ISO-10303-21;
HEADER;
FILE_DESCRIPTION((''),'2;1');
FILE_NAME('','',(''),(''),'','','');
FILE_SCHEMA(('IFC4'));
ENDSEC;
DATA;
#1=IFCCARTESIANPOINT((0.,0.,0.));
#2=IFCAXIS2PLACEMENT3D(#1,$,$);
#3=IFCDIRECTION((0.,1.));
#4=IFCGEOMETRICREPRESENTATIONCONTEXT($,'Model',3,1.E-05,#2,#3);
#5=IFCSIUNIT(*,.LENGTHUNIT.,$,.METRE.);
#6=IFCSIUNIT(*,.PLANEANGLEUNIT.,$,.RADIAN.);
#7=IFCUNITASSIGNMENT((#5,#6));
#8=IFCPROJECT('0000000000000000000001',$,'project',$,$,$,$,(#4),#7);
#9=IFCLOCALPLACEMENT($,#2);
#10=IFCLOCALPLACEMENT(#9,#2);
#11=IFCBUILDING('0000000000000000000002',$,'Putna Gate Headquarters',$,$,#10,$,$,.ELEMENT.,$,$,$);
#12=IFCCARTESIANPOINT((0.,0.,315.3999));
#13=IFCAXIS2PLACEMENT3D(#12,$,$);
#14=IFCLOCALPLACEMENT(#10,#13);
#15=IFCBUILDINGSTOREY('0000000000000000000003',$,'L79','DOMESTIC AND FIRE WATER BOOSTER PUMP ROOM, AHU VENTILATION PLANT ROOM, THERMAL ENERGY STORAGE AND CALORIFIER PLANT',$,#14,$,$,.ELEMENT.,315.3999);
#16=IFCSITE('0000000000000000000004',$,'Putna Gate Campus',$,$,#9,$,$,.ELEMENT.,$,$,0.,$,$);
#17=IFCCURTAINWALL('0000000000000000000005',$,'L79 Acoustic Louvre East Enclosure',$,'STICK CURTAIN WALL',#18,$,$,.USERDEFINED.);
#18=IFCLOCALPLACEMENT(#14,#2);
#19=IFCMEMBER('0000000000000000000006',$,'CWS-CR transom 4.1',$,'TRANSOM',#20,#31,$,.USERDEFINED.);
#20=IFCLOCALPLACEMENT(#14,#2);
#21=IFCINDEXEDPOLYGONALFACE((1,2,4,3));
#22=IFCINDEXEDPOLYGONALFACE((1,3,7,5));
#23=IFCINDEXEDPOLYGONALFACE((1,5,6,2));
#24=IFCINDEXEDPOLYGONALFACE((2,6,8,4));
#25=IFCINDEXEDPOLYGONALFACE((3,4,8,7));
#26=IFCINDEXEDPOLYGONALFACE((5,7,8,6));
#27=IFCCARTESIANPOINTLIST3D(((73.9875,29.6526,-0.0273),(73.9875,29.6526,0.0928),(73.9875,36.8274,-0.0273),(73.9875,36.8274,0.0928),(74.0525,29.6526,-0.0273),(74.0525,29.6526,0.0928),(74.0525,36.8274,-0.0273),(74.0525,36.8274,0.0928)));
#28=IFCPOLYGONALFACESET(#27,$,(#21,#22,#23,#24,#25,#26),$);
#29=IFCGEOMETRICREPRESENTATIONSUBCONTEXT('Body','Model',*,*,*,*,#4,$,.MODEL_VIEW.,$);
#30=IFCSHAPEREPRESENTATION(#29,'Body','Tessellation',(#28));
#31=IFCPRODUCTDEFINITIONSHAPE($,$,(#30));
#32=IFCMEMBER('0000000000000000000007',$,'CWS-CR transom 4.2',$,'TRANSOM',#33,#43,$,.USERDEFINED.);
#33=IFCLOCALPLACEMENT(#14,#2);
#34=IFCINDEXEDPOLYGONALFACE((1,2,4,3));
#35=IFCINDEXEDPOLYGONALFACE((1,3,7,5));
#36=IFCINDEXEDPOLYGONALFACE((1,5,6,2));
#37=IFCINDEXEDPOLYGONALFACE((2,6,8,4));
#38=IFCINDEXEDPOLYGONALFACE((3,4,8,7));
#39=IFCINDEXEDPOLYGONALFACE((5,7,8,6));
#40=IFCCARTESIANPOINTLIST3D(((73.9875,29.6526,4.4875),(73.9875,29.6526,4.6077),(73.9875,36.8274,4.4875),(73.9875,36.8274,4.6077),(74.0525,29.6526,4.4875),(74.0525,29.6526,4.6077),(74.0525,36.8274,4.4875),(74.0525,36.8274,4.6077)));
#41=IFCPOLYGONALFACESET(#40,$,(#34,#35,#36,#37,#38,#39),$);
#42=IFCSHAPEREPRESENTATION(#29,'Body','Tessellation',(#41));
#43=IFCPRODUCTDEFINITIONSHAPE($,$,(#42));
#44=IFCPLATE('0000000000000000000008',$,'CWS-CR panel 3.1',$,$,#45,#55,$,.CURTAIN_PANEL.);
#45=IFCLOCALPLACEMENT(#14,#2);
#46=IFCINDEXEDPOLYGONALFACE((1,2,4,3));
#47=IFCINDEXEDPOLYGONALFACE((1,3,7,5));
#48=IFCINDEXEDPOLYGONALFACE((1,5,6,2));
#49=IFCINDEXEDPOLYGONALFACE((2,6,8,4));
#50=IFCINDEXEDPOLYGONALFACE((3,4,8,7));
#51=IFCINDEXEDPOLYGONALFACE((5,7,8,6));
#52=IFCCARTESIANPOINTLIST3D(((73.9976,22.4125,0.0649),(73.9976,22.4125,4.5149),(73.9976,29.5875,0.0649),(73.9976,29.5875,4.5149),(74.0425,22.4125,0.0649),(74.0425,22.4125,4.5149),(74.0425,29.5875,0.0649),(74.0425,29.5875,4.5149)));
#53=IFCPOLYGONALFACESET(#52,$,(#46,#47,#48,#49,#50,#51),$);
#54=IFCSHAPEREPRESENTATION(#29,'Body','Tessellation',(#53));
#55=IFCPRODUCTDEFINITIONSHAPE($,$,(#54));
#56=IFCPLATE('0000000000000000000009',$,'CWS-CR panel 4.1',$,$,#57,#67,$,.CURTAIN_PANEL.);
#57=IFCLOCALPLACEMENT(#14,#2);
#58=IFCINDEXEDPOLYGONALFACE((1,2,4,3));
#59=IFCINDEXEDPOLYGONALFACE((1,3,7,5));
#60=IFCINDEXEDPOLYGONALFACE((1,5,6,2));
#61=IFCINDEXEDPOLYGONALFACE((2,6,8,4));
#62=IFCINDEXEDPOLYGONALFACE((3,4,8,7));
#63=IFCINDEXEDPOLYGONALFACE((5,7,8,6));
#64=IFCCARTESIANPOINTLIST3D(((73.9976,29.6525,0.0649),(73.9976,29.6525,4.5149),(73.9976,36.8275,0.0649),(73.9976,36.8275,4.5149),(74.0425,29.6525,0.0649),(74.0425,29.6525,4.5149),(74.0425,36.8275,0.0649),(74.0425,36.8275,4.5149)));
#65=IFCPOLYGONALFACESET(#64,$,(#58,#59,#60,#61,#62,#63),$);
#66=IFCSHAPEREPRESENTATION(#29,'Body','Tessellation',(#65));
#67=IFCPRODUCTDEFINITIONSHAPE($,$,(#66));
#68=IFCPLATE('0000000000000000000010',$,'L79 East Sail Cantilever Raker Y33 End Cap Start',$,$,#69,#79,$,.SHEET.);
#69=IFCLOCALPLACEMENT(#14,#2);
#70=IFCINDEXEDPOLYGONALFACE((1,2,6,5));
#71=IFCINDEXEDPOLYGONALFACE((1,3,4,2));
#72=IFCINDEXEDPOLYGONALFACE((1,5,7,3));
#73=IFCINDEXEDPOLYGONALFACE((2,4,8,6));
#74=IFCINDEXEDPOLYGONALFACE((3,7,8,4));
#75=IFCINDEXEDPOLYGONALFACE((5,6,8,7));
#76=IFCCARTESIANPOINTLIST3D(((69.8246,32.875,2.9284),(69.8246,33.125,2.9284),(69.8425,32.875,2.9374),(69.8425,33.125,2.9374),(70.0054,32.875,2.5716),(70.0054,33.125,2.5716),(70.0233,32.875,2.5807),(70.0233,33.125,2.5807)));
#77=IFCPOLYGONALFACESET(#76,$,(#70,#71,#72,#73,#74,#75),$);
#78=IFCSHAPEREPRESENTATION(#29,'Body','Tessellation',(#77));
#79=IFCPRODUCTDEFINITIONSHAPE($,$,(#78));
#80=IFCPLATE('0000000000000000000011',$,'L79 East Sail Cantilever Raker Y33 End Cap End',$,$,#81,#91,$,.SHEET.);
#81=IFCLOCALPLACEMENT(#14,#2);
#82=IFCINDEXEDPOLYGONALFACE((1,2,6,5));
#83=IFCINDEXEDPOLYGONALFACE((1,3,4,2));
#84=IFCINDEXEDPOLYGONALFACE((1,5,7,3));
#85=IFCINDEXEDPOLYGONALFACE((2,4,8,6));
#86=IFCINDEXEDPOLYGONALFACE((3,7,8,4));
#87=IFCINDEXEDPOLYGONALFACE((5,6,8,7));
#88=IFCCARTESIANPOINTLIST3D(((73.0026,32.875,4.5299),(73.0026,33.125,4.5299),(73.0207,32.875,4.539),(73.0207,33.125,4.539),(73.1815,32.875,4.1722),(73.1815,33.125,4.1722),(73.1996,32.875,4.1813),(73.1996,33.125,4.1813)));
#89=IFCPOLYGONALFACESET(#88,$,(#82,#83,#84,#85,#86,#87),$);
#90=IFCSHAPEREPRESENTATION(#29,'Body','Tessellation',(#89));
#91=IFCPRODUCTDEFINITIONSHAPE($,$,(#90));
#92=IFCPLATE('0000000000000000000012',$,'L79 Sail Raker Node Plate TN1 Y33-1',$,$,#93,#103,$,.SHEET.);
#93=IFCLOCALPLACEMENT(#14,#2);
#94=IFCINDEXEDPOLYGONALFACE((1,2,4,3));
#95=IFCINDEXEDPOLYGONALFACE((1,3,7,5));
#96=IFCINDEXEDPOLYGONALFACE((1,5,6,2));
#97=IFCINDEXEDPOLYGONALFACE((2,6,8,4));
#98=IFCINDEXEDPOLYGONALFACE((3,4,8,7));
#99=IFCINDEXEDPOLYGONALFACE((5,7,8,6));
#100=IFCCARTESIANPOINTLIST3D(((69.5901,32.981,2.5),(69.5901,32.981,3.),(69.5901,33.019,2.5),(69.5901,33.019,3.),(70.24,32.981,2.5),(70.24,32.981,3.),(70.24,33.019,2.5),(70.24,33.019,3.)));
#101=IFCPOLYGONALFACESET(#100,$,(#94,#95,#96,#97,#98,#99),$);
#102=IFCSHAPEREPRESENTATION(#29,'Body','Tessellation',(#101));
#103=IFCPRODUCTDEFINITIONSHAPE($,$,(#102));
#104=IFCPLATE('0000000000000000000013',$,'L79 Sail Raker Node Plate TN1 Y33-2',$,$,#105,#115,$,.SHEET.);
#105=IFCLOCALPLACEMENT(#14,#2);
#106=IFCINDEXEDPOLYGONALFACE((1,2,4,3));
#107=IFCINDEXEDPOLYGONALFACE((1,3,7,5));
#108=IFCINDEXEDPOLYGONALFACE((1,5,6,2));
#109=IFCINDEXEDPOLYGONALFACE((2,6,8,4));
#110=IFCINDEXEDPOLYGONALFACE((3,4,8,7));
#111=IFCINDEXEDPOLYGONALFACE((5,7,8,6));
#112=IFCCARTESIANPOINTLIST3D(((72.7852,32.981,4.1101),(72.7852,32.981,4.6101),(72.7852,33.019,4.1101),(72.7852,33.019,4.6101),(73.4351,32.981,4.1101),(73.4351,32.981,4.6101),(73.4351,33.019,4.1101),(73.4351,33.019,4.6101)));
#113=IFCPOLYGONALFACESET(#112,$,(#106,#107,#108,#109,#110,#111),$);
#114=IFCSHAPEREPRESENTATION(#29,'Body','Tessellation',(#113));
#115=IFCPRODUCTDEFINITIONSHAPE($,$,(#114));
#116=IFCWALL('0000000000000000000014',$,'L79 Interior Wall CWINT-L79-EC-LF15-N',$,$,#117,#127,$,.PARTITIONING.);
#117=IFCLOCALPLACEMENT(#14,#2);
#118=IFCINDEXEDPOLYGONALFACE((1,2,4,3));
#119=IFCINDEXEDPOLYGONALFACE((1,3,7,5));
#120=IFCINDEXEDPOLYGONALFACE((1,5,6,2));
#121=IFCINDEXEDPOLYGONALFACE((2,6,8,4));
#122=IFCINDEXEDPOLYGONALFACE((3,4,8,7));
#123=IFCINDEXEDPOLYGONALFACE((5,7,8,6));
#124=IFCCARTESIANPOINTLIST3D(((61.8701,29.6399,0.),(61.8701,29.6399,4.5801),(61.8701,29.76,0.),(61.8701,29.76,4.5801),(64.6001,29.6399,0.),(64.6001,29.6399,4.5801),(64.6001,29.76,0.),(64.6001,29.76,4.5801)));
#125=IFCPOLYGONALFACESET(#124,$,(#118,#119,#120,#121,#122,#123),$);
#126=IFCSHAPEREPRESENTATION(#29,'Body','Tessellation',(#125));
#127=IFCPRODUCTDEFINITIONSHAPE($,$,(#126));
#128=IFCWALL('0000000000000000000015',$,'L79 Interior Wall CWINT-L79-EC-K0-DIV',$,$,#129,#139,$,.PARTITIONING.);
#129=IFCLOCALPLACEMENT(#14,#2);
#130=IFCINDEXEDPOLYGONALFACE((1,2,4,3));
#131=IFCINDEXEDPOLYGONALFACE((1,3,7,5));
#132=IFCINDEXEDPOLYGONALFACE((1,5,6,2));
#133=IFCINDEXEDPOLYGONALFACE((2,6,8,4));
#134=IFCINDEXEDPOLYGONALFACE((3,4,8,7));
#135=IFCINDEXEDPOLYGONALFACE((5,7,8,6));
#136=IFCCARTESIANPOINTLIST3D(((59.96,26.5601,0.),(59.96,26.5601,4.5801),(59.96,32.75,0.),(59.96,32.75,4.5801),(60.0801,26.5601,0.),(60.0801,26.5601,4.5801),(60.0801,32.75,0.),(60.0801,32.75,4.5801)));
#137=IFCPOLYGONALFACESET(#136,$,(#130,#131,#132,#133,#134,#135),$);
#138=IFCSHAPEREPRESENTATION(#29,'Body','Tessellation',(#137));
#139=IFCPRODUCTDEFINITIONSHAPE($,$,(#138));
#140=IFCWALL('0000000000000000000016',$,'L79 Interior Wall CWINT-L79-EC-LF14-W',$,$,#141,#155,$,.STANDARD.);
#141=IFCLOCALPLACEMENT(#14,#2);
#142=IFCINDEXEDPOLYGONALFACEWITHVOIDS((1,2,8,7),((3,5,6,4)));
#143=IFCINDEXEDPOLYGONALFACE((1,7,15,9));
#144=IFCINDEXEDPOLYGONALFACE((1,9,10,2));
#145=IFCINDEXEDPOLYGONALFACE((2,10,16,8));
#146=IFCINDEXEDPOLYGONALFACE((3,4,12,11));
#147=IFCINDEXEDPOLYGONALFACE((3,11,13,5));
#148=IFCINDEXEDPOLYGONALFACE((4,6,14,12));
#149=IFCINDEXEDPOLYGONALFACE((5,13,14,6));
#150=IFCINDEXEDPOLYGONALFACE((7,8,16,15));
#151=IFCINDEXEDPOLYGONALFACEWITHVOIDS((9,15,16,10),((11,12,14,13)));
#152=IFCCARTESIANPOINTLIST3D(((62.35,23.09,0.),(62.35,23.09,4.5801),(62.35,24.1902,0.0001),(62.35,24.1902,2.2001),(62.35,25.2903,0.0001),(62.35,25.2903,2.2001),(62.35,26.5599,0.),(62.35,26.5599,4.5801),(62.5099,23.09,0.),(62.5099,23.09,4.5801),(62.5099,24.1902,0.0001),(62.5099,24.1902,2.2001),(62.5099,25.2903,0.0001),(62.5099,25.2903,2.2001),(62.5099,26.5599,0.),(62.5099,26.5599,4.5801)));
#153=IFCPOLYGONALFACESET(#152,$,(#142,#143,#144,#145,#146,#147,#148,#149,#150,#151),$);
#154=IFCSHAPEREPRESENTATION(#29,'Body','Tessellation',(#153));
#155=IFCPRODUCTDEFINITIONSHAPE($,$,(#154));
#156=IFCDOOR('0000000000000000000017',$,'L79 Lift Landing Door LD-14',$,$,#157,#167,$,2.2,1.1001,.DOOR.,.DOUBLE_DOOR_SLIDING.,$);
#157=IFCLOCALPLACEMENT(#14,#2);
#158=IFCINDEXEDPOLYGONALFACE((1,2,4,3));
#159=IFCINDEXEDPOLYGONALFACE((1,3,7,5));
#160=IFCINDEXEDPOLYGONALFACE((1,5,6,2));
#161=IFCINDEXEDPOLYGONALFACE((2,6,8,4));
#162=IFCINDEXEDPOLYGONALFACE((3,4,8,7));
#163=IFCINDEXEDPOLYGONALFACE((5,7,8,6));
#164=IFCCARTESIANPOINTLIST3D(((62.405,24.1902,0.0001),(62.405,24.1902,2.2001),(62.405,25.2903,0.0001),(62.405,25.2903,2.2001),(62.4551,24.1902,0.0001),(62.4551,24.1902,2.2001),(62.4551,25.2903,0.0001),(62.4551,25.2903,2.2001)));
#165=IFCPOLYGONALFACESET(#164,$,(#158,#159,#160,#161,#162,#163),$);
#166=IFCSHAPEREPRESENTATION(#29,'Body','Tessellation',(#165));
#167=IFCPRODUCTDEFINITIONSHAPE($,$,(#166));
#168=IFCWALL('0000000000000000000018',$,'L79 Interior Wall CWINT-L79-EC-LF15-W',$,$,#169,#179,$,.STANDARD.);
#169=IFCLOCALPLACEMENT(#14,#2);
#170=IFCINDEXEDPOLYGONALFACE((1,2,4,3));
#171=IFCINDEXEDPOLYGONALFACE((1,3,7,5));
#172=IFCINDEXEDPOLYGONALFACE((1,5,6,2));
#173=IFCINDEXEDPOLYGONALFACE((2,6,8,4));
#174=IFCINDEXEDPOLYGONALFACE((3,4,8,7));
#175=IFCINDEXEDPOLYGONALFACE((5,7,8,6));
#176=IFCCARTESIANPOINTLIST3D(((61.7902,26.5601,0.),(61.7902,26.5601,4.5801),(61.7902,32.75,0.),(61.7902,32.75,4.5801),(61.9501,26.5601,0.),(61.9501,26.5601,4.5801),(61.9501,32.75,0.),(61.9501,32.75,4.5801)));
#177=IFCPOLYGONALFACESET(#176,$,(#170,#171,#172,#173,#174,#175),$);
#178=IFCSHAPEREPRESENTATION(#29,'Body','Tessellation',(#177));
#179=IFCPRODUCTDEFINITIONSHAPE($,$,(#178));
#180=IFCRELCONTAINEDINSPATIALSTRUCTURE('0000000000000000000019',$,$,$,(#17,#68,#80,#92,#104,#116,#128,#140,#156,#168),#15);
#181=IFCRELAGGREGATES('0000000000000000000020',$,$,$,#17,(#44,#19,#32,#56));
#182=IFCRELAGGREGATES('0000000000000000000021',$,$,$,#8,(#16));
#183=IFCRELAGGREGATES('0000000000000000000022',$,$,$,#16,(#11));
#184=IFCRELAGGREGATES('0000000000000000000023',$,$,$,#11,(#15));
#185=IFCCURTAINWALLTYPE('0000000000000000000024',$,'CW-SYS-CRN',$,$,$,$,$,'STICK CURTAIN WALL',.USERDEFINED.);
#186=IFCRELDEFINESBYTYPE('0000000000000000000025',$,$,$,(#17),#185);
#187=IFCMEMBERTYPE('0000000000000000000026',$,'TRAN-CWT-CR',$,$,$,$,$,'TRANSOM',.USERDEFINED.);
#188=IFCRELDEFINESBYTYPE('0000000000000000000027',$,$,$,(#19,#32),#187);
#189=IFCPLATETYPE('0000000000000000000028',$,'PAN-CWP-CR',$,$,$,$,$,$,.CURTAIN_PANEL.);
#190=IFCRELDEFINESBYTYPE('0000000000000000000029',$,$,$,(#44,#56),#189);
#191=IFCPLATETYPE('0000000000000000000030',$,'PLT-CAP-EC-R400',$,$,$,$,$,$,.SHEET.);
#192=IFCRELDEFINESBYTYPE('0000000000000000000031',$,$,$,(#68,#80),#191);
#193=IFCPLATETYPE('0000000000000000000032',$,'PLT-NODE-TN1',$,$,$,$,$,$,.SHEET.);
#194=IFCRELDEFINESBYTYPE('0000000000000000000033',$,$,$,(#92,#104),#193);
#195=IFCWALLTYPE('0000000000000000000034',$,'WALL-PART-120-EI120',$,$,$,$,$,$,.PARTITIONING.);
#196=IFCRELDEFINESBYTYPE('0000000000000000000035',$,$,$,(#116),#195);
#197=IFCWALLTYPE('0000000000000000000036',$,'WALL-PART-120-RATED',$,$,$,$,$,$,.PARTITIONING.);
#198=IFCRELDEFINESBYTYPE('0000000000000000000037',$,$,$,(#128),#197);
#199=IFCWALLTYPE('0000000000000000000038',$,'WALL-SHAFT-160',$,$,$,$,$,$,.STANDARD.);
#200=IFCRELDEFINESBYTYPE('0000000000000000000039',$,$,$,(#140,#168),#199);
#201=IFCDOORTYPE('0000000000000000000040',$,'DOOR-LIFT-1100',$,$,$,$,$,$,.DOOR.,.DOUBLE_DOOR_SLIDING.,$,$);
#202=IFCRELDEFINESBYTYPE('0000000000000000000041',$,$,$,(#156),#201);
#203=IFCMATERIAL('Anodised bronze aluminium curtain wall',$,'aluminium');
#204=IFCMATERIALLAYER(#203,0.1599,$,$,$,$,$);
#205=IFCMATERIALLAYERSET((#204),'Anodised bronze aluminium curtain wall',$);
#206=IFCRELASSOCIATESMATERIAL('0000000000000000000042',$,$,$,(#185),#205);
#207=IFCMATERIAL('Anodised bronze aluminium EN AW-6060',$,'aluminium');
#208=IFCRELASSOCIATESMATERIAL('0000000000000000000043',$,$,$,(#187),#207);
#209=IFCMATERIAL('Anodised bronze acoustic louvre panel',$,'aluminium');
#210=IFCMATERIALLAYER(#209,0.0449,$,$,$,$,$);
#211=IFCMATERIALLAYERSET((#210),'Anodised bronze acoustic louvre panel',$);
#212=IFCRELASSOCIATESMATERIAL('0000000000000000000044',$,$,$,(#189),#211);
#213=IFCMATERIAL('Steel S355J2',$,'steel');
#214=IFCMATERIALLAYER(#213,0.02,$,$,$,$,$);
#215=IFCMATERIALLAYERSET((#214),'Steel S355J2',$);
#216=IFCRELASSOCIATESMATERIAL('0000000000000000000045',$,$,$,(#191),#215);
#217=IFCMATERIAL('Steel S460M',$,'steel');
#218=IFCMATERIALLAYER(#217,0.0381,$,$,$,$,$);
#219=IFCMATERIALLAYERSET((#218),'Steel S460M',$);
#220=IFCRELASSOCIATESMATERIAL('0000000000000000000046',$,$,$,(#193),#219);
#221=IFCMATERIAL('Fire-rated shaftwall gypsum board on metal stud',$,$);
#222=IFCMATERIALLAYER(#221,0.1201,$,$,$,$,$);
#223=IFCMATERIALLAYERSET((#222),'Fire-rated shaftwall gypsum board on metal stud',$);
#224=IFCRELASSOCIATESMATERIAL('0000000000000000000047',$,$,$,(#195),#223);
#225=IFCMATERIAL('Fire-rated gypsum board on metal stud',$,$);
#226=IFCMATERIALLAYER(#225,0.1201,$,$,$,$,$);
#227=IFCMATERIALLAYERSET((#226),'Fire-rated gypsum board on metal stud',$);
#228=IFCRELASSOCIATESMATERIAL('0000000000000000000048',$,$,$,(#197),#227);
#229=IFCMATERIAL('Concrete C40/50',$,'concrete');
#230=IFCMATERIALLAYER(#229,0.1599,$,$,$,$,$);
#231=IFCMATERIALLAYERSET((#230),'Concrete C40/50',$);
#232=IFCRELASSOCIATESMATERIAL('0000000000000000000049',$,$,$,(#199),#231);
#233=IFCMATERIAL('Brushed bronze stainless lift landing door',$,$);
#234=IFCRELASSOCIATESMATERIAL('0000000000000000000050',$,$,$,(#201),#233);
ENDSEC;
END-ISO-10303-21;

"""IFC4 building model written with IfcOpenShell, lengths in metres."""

from ifc_helpers import new_model, si_unit, direction, frame, frame_2d, origin, origin_2d, place, context, subcontext, project, spatial, rectangle, extrude, material, layer, layer_set, material_profile, profile_set, type_object, element, fill, aggregate, save


model = new_model("IFC4")

# Units and contexts
model_context = context("Model", 3, precision=1e-05, world=origin(), true_north=direction((0.0, 1.0)))
body_context = subcontext(model_context, "Body", "Model", "MODEL_VIEW")
ifc_project = project(units=[si_unit("LENGTHUNIT", "METRE"), si_unit("PLANEANGLEUNIT", "RADIAN")], contexts=[model_context])

# Site, building, storey
site_placement = place(None, origin())
site = spatial("IfcSite", under=ifc_project, at=site_placement, Name="Putna Gate Campus", CompositionType="ELEMENT", RefElevation=0.0)
building_placement = place(site_placement, origin())
building = spatial("IfcBuilding", under=site, at=building_placement, Name="Putna Gate Headquarters", CompositionType="ELEMENT")
storey_placement = place(building_placement, frame((0.0, 0.0, 315.3999)))
storey = spatial("IfcBuildingStorey", under=building, at=storey_placement, Name="L79", Description="DOMESTIC AND FIRE WATER BOOSTER PUMP ROOM, AHU VENTILATION PLANT ROOM, THERMAL ENERGY STORAGE AND CALORIFIER PLANT", CompositionType="ELEMENT", Elevation=315.3999)

# Shared definitions
ifc_material_1 = material(Name="Steel S460M", Category="steel")

# Shared definitions
ifc_material_2 = material(Name="Steel S355J2", Category="steel")

# Curtain wall, members, plates
ifc_material_3 = material(Name="Anodised bronze aluminium curtain wall", Category="aluminium")
ifc_layer_1 = layer(ifc_material_3, 0.1599)
ifc_layer_set_1 = layer_set([ifc_layer_1], Name="Anodised bronze aluminium curtain wall")
curtain_wall_type = type_object("IfcCurtainWallType", Name="CW-SYS-CRN", ElementType="STICK CURTAIN WALL", PredefinedType="USERDEFINED", material=ifc_layer_set_1)
curtain_wall_placement = place(storey_placement, origin())
curtain_wall = element("IfcCurtainWall", 1, at=curtain_wall_placement, inside=storey, type_object=curtain_wall_type, Name="L79 Acoustic Louvre East Enclosure", ObjectType="STICK CURTAIN WALL", PredefinedType="USERDEFINED")
ifc_material_4 = material(Name="Anodised bronze aluminium EN AW-6060", Category="aluminium")
ifc_material_profile_1 = material_profile(ifc_material_4, rectangle(XDim=0.0649, YDim=0.1201, at=origin_2d()), Name="Anodised bronze aluminium EN AW-6060")
ifc_profile_set_1 = profile_set([ifc_material_profile_1], Name="Anodised bronze aluminium EN AW-6060")
member_type_1 = type_object("IfcMemberType", Name="TRAN-CWT-CR", ElementType="TRANSOM", PredefinedType="USERDEFINED", material=ifc_profile_set_1)
member_1_placement = place(storey_placement, frame((74.02, 29.6526, 0.0327), z_axis=(0.0, 1.0, 0.0), x_axis=(-1.0, 0.0, 0.0)))
member_1 = element("IfcMember", 2, at=member_1_placement, type_object=member_type_1, Name="CWS-CR transom 4.1", ObjectType="TRANSOM", PredefinedType="USERDEFINED", context=body_context, shape_type="SweptSolid", body=[
    extrude(rectangle(XDim=0.0649, YDim=0.1201, at=origin_2d()), origin(), (0.0, 0.0, 1.0), 7.1748),
])
member_2_placement = place(storey_placement, frame((74.02, 29.6526, 4.5476), z_axis=(0.0, 1.0, 0.0), x_axis=(-1.0, 0.0, 0.0)))
member_2 = element("IfcMember", 3, at=member_2_placement, type_object=member_type_1, Name="CWS-CR transom 4.2", ObjectType="TRANSOM", PredefinedType="USERDEFINED", context=body_context, shape_type="SweptSolid", body=[
    extrude(rectangle(XDim=0.0649, YDim=0.1201, at=origin_2d()), origin(), (0.0, 0.0, 1.0), 7.1748),
])
ifc_material_5 = material(Name="Anodised bronze acoustic louvre panel", Category="aluminium")
ifc_layer_2 = layer(ifc_material_5, 0.0449)
ifc_layer_set_2 = layer_set([ifc_layer_2], Name="Anodised bronze acoustic louvre panel")
plate_type_1 = type_object("IfcPlateType", Name="PAN-CWP-CR", PredefinedType="CURTAIN_PANEL", material=ifc_layer_set_2)
plate_1_placement = place(storey_placement, frame((74.02, 26.0, 0.0649), z_axis=(0.0, 0.0, 1.0), x_axis=(0.0, 1.0, 0.0)))
plate_1 = element("IfcPlate", 4, at=plate_1_placement, type_object=plate_type_1, Name="CWS-CR panel 3.1", PredefinedType="CURTAIN_PANEL", context=body_context, shape_type="SweptSolid", body=[
    extrude(rectangle(XDim=7.175, YDim=0.0449, at=origin_2d()), origin(), (0.0, 0.0, 1.0), 4.45),
])
plate_2_placement = place(storey_placement, frame((74.02, 33.24, 0.0649), z_axis=(0.0, 0.0, 1.0), x_axis=(0.0, 1.0, 0.0)))
plate_2 = element("IfcPlate", 5, at=plate_2_placement, type_object=plate_type_1, Name="CWS-CR panel 4.1", PredefinedType="CURTAIN_PANEL", context=body_context, shape_type="SweptSolid", body=[
    extrude(rectangle(XDim=7.175, YDim=0.0449, at=origin_2d()), origin(), (0.0, 0.0, 1.0), 4.45),
])
aggregate(curtain_wall, [plate_1, member_1, member_2, plate_2])

# Plates
ifc_layer_3 = layer(ifc_material_2, 0.02)
ifc_layer_set_3 = layer_set([ifc_layer_3], Name="Steel S355J2")
plate_type_2 = type_object("IfcPlateType", Name="PLT-CAP-EC-R400", PredefinedType="SHEET", material=ifc_layer_set_3)
plate_3_placement = place(storey_placement, frame((69.915, 33.0, 2.75), z_axis=(0.89197, 0.0, 0.452094), x_axis=(0.0, 1.0, 0.0)))
element("IfcPlate", 6, at=plate_3_placement, inside=storey, type_object=plate_type_2, Name="L79 East Sail Cantilever Raker Y33 End Cap Start", PredefinedType="SHEET", context=body_context, shape_type="SweptSolid", body=[
    extrude(rectangle(XDim=0.25, YDim=0.3999, at=origin_2d()), origin(), (0.0, 0.0, 1.0), 0.02),
])
plate_4_placement = place(storey_placement, frame((73.092, 33.0, 4.3511), z_axis=(0.894427, 0.0, 0.447214), x_axis=(0.0, 1.0, 0.0)))
element("IfcPlate", 7, at=plate_4_placement, inside=storey, type_object=plate_type_2, Name="L79 East Sail Cantilever Raker Y33 End Cap End", PredefinedType="SHEET", context=body_context, shape_type="SweptSolid", body=[
    extrude(rectangle(XDim=0.25, YDim=0.3999, at=origin_2d()), origin(), (0.0, 0.0, 1.0), 0.0203),
])
ifc_layer_4 = layer(ifc_material_1, 0.0381)
ifc_layer_set_4 = layer_set([ifc_layer_4], Name="Steel S460M")
plate_type_3 = type_object("IfcPlateType", Name="PLT-NODE-TN1", PredefinedType="SHEET", material=ifc_layer_set_4)
for number, where, z_axis, x_axis, name in (
    (8, (69.915, 33.0, 2.5), (0.0, 0.0, 1.0), (1.0, 0.0, 0.0), "L79 Sail Raker Node Plate TN1 Y33-1"),
    (9, (73.1101, 33.0, 4.1101), (0.0, 0.0, 1.0), (1.0, 0.0, 0.0), "L79 Sail Raker Node Plate TN1 Y33-2"),
):
    element("IfcPlate", number, at=place(storey_placement, frame(where, z_axis=z_axis, x_axis=x_axis)), inside=storey, type_object=plate_type_3, Name=name, PredefinedType="SHEET", context=body_context, shape_type="SweptSolid", body=[
        extrude(rectangle(XDim=0.6499, YDim=0.0381, at=origin_2d()), origin(), (0.0, 0.0, 1.0), 0.5),
    ])

# Walls
ifc_material_6 = material(Name="Fire-rated shaftwall gypsum board on metal stud")
ifc_layer_5 = layer(ifc_material_6, 0.1201)
ifc_layer_set_5 = layer_set([ifc_layer_5], Name="Fire-rated shaftwall gypsum board on metal stud")
wall_type_1 = type_object("IfcWallType", Name="WALL-PART-120-EI120", PredefinedType="PARTITIONING", material=ifc_layer_set_5)
wall_1_placement = place(storey_placement, frame((61.8701, 29.7, 0.0), z_axis=(0.0, 0.0, 1.0), x_axis=(1.0, 0.0, 0.0)))
element("IfcWall", 10, at=wall_1_placement, inside=storey, type_object=wall_type_1, Name="L79 Interior Wall CWINT-L79-EC-LF15-N", PredefinedType="PARTITIONING", context=body_context, shape_type="SweptSolid", body=[
    extrude(rectangle(XDim=2.73, YDim=0.1201, at=frame_2d((1.365, 0.0))), origin(), (0.0, 0.0, 1.0), 4.5801),
])
ifc_material_7 = material(Name="Fire-rated gypsum board on metal stud")
ifc_layer_6 = layer(ifc_material_7, 0.1201)
ifc_layer_set_6 = layer_set([ifc_layer_6], Name="Fire-rated gypsum board on metal stud")
wall_type_2 = type_object("IfcWallType", Name="WALL-PART-120-RATED", PredefinedType="PARTITIONING", material=ifc_layer_set_6)
wall_2_placement = place(storey_placement, frame((60.02, 26.5601, 0.0), z_axis=(0.0, 0.0, 1.0), x_axis=(0.0, 1.0, 0.0)))
element("IfcWall", 11, at=wall_2_placement, inside=storey, type_object=wall_type_2, Name="L79 Interior Wall CWINT-L79-EC-K0-DIV", PredefinedType="PARTITIONING", context=body_context, shape_type="SweptSolid", body=[
    extrude(rectangle(XDim=6.1899, YDim=0.1201, at=frame_2d((3.095, 0.0))), origin(), (0.0, 0.0, 1.0), 4.5801),
])

# Wall, opening, door
ifc_material_8 = material(Name="Concrete C40/50", Category="concrete")
ifc_layer_7 = layer(ifc_material_8, 0.1599)
ifc_layer_set_7 = layer_set([ifc_layer_7], Name="Concrete C40/50")
wall_type_3 = type_object("IfcWallType", Name="WALL-SHAFT-160", PredefinedType="STANDARD", material=ifc_layer_set_7)
wall_3_placement = place(storey_placement, frame((62.4299, 23.0901, 0.0), z_axis=(0.0, 0.0, 1.0), x_axis=(0.0, 1.0, 0.0)))
wall_3 = element("IfcWall", 12, at=wall_3_placement, inside=storey, type_object=wall_type_3, Name="L79 Interior Wall CWINT-L79-EC-LF14-W", PredefinedType="STANDARD", context=body_context, shape_type="SweptSolid", body=[
    extrude(rectangle(XDim=3.47, YDim=0.1599, at=frame_2d((1.7349, 0.0))), origin(), (0.0, 0.0, 1.0), 4.5801),
])
opening_1_placement = place(wall_3_placement, frame((1.1001, 0.0, 0.0)))
opening_1 = element("IfcOpeningElement", 13, at=opening_1_placement, cuts=wall_3, PredefinedType="OPENING", context=body_context, shape_type="SweptSolid", body=[
    extrude(rectangle(XDim=1.1001, YDim=2.2, at=frame_2d((0.55, 1.1001))), frame((0.0, 0.0898, 0.0), z_axis=(0.0, -1.0, 0.0), x_axis=(1.0, 0.0, 0.0)), (0.0, 0.0, 1.0), 0.1799),
])
ifc_material_9 = material(Name="Brushed bronze stainless lift landing door")
door_type_1 = type_object("IfcDoorType", Name="DOOR-LIFT-1100", OperationType="DOUBLE_DOOR_SLIDING", PredefinedType="DOOR", material=ifc_material_9)
door_1_placement = place(opening_1_placement, origin())
door_1 = element("IfcDoor", 14, at=door_1_placement, inside=storey, type_object=door_type_1, Name="L79 Lift Landing Door LD-14", OperationType="DOUBLE_DOOR_SLIDING", OverallHeight=2.2, OverallWidth=1.1001, PredefinedType="DOOR", context=body_context, shape_type="SweptSolid", body=[
    extrude(rectangle(XDim=1.1001, YDim=2.2, at=frame_2d((0.55, 1.1001))), frame((0.0, 0.0249, 0.0), z_axis=(0.0, -1.0, 0.0), x_axis=(1.0, 0.0, 0.0)), (0.0, 0.0, 1.0), 0.05),
])
fill(opening_1, door_1)

# Wall
wall_4_placement = place(storey_placement, frame((61.8701, 26.5601, 0.0), z_axis=(0.0, 0.0, 1.0), x_axis=(0.0, 1.0, 0.0)))
element("IfcWall", 15, at=wall_4_placement, inside=storey, type_object=wall_type_3, Name="L79 Interior Wall CWINT-L79-EC-LF15-W", PredefinedType="STANDARD", context=body_context, shape_type="SweptSolid", body=[
    extrude(rectangle(XDim=6.1899, YDim=0.1599, at=frame_2d((3.095, 0.0))), origin(), (0.0, 0.0, 1.0), 4.5801),
])

save(model, "model.ifc")
